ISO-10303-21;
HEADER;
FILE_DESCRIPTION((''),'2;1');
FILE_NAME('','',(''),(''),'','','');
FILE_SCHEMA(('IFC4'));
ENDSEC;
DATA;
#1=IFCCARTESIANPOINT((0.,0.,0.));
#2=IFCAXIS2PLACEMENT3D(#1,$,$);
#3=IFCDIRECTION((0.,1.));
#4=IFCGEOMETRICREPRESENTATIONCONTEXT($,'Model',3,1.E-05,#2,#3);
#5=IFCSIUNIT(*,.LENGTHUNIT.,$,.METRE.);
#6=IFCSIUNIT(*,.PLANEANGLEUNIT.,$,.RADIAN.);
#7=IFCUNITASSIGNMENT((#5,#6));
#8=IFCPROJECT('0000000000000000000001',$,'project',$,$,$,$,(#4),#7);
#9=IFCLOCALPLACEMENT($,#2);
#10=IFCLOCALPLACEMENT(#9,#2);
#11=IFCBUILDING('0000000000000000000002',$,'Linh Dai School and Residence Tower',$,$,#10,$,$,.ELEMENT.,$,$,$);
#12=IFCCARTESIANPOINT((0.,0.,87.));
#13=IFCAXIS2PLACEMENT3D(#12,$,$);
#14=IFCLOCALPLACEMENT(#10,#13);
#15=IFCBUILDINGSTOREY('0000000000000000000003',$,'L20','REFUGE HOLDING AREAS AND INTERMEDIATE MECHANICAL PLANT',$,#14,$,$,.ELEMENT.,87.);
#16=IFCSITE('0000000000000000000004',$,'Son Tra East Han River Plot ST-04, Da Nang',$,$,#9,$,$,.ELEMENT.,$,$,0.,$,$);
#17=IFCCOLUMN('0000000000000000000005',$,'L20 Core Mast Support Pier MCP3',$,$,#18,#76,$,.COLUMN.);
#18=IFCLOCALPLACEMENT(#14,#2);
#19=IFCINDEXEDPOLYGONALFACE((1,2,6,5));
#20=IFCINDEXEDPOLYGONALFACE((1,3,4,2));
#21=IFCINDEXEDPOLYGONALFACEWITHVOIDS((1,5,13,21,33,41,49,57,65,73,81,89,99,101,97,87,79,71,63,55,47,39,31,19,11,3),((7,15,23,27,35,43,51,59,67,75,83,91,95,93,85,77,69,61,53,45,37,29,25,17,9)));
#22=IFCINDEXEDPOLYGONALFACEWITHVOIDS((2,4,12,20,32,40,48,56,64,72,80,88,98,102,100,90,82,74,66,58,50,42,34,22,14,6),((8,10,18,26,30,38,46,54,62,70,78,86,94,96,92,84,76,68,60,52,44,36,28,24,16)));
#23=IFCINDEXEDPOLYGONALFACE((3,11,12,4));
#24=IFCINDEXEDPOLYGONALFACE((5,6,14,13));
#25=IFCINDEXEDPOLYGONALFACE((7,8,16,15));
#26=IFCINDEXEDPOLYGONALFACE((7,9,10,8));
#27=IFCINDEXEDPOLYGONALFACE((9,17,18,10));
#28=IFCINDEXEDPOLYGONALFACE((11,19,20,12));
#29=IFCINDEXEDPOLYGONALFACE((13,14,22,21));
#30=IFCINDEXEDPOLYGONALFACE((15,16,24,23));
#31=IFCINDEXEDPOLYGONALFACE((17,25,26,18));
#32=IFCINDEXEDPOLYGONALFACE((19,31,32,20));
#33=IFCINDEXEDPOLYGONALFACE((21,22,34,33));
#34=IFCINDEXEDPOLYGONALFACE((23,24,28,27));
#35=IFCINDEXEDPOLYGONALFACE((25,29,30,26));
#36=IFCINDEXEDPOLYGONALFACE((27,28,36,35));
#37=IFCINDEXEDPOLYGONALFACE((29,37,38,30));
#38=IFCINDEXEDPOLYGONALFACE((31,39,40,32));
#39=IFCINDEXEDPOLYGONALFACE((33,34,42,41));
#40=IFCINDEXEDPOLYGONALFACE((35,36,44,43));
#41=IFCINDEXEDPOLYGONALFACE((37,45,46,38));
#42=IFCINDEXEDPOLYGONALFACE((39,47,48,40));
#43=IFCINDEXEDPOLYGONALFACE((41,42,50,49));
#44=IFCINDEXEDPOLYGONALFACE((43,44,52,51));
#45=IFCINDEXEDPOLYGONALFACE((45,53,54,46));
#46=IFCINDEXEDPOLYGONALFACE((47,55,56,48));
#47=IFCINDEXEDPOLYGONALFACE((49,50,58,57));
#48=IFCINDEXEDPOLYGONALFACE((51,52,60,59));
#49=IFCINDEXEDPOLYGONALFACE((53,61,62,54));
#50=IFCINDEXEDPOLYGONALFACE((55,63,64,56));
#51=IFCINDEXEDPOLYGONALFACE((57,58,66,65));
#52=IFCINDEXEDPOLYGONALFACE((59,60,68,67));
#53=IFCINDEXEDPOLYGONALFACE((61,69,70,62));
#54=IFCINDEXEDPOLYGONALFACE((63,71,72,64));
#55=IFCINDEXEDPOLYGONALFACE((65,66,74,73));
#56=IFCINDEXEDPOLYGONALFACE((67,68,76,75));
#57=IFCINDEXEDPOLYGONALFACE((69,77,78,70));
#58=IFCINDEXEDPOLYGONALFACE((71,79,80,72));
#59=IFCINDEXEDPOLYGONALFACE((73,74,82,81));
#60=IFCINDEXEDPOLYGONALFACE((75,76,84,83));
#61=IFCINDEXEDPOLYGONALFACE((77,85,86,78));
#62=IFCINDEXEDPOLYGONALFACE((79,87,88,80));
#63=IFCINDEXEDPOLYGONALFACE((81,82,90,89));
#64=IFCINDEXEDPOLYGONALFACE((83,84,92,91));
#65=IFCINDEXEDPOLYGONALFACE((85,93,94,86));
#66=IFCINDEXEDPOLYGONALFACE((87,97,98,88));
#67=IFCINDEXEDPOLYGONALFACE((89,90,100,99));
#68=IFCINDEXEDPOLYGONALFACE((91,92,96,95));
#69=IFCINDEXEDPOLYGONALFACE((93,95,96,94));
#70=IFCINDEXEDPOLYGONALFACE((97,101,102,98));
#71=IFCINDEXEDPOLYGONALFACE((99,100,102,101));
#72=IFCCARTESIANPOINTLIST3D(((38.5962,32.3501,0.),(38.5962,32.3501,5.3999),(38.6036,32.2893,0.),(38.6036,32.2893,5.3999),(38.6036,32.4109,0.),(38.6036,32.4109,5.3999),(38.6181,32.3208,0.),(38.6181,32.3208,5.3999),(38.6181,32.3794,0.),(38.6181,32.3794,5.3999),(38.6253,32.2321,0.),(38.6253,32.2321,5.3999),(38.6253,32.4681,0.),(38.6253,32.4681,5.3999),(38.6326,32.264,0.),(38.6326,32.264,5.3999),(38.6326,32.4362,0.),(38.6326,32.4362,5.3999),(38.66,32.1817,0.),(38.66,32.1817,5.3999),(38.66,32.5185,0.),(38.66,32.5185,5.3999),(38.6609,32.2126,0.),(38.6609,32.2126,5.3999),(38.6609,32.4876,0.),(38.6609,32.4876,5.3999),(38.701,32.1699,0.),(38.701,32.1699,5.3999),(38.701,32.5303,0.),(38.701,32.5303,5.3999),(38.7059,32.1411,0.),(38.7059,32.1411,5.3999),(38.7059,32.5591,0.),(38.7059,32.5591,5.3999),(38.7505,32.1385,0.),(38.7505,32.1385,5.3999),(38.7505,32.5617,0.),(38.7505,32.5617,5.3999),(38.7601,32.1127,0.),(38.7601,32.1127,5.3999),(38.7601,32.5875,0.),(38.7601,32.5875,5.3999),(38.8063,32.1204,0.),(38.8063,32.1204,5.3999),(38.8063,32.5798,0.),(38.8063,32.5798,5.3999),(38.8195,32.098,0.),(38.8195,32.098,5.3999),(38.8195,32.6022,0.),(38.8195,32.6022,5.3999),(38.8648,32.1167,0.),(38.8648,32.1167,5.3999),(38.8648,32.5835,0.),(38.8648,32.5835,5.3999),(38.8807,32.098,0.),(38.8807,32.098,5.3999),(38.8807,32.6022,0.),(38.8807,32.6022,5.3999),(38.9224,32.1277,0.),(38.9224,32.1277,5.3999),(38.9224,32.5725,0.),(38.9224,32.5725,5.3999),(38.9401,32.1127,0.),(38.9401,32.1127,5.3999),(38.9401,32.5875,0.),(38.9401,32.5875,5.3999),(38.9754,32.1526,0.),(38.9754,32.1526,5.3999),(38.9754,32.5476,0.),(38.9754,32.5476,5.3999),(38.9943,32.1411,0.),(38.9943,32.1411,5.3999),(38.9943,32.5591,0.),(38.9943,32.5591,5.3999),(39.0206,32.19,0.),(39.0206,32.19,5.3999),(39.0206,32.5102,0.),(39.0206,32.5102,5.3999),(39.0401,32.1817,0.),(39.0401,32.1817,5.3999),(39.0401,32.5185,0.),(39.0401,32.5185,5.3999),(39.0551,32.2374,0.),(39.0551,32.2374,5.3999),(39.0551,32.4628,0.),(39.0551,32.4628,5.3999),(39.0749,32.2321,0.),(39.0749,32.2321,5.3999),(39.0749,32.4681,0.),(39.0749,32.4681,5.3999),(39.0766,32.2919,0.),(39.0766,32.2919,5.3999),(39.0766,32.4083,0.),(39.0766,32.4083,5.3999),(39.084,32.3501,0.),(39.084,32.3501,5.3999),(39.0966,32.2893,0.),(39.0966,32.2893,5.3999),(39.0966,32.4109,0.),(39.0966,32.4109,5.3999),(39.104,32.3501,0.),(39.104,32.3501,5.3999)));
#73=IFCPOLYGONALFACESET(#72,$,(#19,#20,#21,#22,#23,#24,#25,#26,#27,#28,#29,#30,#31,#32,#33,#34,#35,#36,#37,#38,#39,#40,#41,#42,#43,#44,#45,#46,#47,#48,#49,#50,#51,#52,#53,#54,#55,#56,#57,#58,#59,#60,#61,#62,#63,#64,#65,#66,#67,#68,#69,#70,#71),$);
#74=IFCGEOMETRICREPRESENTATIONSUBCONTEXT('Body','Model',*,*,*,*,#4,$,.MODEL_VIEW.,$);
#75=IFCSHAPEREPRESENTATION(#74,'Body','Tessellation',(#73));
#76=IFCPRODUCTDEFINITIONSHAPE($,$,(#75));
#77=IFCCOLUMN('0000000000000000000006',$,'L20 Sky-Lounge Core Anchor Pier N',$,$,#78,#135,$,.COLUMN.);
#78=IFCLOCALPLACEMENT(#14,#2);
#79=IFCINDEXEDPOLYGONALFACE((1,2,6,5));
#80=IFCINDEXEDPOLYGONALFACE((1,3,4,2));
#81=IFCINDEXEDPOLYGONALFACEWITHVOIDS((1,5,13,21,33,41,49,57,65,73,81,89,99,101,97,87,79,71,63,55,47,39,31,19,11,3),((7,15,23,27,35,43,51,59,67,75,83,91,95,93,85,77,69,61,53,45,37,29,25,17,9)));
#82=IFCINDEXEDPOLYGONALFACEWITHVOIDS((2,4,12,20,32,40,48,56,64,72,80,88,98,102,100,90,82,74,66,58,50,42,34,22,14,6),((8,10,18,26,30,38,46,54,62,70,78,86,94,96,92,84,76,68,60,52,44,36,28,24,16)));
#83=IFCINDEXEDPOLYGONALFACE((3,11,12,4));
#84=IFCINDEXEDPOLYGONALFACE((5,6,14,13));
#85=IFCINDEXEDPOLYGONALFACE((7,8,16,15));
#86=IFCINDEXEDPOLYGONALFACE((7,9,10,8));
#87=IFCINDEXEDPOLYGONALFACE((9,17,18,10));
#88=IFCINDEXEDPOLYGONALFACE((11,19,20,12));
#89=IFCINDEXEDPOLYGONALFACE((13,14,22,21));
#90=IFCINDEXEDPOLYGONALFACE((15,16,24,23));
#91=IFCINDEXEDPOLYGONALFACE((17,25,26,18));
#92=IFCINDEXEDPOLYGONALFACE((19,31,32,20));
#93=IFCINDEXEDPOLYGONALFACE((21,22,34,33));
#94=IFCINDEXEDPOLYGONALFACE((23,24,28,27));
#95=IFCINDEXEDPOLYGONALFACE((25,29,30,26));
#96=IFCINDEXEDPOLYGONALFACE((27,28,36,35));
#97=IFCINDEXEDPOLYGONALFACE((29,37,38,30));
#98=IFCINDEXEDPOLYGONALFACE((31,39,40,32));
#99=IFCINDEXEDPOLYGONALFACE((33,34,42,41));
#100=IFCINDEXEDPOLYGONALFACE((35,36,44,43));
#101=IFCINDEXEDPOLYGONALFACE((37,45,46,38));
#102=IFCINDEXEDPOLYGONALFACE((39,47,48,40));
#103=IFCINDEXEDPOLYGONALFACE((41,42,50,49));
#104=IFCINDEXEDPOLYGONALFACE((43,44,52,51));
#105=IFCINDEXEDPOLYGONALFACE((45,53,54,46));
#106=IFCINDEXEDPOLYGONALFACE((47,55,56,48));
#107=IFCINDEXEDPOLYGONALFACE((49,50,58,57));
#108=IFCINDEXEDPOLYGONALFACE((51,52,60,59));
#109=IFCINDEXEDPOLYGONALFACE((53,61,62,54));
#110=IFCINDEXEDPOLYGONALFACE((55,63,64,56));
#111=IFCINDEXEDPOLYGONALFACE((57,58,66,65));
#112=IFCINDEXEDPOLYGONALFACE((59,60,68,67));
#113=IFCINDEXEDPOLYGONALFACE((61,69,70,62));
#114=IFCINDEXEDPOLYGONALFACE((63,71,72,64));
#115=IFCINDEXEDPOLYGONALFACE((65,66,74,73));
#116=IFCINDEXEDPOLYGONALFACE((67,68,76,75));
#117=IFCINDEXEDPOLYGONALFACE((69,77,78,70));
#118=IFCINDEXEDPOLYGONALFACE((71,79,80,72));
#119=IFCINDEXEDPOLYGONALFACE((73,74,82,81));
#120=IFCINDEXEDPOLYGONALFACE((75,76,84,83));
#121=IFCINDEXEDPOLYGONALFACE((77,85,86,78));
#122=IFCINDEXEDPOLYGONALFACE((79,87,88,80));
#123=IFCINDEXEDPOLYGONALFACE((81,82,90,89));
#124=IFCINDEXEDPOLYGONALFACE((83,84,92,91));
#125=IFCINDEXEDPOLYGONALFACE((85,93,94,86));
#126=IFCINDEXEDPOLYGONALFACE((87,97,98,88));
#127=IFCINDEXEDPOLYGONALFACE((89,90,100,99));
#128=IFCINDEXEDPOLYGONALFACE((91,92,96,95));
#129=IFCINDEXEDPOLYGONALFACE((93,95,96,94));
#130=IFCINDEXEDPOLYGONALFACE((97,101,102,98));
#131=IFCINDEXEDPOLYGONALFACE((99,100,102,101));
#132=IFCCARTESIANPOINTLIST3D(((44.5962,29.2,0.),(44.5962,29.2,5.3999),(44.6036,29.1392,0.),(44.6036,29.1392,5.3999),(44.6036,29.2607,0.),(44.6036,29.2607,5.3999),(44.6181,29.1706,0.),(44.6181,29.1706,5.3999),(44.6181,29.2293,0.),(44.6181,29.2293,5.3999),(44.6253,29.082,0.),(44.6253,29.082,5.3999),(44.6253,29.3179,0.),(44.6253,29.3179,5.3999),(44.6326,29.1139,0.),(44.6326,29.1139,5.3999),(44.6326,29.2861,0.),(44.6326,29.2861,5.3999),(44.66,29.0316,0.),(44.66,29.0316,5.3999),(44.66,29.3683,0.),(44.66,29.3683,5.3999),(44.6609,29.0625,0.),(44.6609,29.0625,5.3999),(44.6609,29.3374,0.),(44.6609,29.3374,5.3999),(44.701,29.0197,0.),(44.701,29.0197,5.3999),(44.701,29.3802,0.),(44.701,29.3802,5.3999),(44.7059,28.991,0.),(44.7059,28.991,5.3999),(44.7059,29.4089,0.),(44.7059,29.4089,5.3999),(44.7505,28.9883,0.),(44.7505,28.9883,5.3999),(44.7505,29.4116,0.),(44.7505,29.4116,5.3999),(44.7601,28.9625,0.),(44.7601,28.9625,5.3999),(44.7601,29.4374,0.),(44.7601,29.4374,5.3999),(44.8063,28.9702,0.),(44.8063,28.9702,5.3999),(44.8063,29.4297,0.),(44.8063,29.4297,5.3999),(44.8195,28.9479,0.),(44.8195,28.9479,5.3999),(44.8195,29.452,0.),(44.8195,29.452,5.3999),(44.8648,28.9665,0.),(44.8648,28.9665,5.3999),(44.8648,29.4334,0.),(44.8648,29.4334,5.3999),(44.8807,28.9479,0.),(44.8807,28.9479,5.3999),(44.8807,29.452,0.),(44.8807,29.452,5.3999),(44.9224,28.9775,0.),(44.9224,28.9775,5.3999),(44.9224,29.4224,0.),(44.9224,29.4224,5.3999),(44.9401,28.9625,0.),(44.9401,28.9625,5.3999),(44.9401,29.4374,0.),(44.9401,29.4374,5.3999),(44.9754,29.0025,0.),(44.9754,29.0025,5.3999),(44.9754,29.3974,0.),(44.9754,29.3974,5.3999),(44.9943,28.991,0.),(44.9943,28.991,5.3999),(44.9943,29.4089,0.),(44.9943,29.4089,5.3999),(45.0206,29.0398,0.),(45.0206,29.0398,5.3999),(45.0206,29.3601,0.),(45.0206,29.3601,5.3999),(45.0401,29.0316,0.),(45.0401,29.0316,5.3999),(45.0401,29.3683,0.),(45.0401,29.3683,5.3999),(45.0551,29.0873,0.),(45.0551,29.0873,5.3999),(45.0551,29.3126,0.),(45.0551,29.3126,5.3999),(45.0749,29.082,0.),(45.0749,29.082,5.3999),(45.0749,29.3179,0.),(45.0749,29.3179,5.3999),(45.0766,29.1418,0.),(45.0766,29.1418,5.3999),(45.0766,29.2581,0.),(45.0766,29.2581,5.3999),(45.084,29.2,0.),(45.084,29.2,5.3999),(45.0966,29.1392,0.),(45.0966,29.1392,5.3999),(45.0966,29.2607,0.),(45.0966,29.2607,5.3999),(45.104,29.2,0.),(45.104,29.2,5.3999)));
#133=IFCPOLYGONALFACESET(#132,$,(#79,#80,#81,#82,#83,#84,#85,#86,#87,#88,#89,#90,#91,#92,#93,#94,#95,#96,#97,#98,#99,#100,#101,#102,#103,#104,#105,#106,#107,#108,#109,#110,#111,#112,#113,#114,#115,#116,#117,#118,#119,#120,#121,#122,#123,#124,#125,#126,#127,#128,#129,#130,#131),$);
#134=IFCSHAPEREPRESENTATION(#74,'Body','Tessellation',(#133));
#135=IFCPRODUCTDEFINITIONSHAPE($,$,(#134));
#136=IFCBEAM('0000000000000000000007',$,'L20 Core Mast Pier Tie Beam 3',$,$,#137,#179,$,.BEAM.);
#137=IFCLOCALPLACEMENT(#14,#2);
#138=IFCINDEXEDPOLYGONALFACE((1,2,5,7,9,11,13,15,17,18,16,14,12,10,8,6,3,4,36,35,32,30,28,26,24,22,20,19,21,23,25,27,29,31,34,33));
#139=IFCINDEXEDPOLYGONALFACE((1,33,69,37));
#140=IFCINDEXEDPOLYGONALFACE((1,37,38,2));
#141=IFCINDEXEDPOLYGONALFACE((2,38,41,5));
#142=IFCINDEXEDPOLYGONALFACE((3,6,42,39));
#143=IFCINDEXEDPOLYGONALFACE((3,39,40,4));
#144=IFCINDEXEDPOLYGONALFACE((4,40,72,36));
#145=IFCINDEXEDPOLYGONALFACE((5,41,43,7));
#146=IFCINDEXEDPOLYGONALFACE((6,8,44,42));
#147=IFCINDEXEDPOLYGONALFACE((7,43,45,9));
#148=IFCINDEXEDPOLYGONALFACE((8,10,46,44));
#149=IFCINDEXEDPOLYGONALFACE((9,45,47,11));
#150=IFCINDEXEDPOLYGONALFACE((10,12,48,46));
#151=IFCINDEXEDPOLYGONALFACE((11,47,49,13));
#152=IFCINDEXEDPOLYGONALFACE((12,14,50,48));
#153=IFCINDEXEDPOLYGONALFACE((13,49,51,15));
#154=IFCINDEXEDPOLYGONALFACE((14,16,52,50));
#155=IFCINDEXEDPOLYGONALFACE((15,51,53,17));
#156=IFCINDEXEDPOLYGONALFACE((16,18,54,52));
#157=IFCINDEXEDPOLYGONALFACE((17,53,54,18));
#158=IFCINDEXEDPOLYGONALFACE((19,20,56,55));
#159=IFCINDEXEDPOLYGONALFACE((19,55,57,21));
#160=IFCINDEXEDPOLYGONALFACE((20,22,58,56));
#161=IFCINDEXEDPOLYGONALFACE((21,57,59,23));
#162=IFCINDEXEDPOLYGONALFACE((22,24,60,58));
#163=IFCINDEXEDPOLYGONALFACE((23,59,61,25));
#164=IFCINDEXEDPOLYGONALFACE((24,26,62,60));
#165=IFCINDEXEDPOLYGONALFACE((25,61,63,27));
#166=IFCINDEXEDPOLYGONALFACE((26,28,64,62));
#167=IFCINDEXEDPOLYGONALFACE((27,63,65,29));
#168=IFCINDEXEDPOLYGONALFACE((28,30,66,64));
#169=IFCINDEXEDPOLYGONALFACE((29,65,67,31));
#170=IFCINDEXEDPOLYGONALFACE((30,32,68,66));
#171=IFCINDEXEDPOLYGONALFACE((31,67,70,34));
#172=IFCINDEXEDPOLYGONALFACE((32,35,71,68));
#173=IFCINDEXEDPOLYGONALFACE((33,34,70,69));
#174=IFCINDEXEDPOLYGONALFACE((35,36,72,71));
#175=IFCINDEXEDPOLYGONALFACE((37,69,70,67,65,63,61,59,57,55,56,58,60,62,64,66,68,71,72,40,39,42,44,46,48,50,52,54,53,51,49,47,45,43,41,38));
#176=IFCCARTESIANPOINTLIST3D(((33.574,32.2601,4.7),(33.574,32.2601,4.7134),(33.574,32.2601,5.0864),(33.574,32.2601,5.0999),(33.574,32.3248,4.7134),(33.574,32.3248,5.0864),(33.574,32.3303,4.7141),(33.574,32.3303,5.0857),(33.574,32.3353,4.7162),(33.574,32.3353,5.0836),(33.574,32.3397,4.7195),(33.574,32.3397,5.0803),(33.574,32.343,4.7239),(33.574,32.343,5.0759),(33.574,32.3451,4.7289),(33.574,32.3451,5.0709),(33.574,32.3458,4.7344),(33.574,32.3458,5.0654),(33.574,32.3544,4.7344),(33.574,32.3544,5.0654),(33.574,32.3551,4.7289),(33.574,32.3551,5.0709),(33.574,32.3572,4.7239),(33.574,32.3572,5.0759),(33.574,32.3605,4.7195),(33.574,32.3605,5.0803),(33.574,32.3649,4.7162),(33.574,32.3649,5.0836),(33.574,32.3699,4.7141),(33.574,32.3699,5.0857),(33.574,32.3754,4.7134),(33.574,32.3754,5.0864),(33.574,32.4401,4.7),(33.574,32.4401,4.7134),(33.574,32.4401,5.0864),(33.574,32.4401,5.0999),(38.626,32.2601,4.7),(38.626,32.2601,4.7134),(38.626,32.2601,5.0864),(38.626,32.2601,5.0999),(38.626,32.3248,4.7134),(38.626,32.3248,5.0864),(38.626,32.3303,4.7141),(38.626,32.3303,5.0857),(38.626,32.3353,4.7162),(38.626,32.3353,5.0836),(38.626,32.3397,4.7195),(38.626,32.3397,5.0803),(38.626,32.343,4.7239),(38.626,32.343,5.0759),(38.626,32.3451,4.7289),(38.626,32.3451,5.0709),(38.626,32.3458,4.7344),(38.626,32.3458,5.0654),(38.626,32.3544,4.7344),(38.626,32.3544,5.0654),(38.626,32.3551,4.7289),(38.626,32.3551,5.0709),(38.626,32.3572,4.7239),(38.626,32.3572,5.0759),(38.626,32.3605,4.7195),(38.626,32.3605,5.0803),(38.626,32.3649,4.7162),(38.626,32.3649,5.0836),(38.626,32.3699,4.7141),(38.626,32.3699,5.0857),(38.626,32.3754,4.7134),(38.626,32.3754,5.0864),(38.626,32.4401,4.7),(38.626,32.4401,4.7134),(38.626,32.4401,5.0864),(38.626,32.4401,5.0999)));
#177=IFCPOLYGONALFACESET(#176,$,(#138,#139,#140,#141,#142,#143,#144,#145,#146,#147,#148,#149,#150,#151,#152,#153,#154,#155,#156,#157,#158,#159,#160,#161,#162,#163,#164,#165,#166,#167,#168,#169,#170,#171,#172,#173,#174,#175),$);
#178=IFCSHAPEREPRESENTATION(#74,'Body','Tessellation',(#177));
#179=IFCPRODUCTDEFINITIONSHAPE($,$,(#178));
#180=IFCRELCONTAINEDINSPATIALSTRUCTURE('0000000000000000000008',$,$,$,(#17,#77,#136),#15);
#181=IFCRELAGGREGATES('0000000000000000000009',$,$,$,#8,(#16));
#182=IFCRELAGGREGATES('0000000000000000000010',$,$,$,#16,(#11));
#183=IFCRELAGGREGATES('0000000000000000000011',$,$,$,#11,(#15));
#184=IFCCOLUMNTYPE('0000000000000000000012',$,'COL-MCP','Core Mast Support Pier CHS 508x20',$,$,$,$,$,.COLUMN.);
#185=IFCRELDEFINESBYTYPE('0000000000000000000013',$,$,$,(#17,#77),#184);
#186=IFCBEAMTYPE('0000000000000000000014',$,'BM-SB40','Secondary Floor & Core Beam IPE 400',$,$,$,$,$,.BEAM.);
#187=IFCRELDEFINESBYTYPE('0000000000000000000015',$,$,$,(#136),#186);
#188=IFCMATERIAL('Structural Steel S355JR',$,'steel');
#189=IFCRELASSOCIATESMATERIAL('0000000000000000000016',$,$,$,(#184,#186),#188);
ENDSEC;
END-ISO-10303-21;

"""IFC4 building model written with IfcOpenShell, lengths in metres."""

from ifc_helpers import new_model, si_unit, direction, frame, origin, origin_2d, place, context, subcontext, project, spatial, hollow_circle, i_section, extrude, material, material_profile, profile_set, type_object, element, save


model = new_model("IFC4")

# Units and contexts
model_context = context("Model", 3, precision=1e-05, world=origin(), true_north=direction((0.0, 1.0)))
body_context = subcontext(model_context, "Body", "Model", "MODEL_VIEW")
ifc_project = project(units=[si_unit("LENGTHUNIT", "METRE"), si_unit("PLANEANGLEUNIT", "RADIAN")], contexts=[model_context])

# Site, building, storey
site_placement = place(None, origin())
site = spatial("IfcSite", under=ifc_project, at=site_placement, Name="Son Tra East Han River Plot ST-04, Da Nang", CompositionType="ELEMENT", RefElevation=0.0)
building_placement = place(site_placement, origin())
building = spatial("IfcBuilding", under=site, at=building_placement, Name="Linh Dai School and Residence Tower", CompositionType="ELEMENT")
storey_placement = place(building_placement, frame((0.0, 0.0, 87.0)))
storey = spatial("IfcBuildingStorey", under=building, at=storey_placement, Name="L20", Description="REFUGE HOLDING AREAS AND INTERMEDIATE MECHANICAL PLANT", CompositionType="ELEMENT", Elevation=87.0)

# Columns
ifc_material_1 = material(Name="Structural Steel S355JR", Category="steel")
ifc_material_profile_1 = material_profile(ifc_material_1, hollow_circle(Radius=0.2539, WallThickness=0.02, at=origin_2d()), Name="CHS 508x20")
ifc_profile_set_1 = profile_set([ifc_material_profile_1], Name="Structural Steel S355JR")
column_type_1 = type_object("IfcColumnType", Name="COL-MCP", Description="Core Mast Support Pier CHS 508x20", PredefinedType="COLUMN", material=ifc_profile_set_1)
for number, where, z_axis, x_axis, name in (
    (1, (38.8501, 32.3501, 0.0), (0.0, 0.0, 1.0), (1.0, 0.0, 0.0), "L20 Core Mast Support Pier MCP3"),
    (2, (44.8501, 29.2, 0.0), (0.0, 0.0, 1.0), (1.0, 0.0, 0.0), "L20 Sky-Lounge Core Anchor Pier N"),
):
    element("IfcColumn", number, at=place(storey_placement, frame(where, z_axis=z_axis, x_axis=x_axis)), inside=storey, type_object=column_type_1, Name=name, PredefinedType="COLUMN", context=body_context, shape_type="SweptSolid", body=[
        extrude(hollow_circle(Radius=0.2539, WallThickness=0.02, at=origin_2d()), origin(), (0.0, 0.0, 1.0), 5.3999),
    ])

# Beam
ifc_material_profile_2 = material_profile(ifc_material_1, i_section(OverallWidth=0.1799, OverallDepth=0.3999, WebThickness=0.0085, FlangeThickness=0.0134, FilletRadius=0.021, at=origin_2d()), Name="IPE 400")
ifc_profile_set_2 = profile_set([ifc_material_profile_2], Name="Structural Steel S355JR")
beam_type_1 = type_object("IfcBeamType", Name="BM-SB40", Description="Secondary Floor & Core Beam IPE 400", PredefinedType="BEAM", material=ifc_profile_set_2)
beam_1_placement = place(storey_placement, frame((38.626, 32.3501, 4.8999), z_axis=(-1.0, 0.0, 0.0), x_axis=(0.0, -1.0, 0.0)))
element("IfcBeam", 3, at=beam_1_placement, inside=storey, type_object=beam_type_1, Name="L20 Core Mast Pier Tie Beam 3", PredefinedType="BEAM", context=body_context, shape_type="SweptSolid", body=[
    extrude(i_section(OverallWidth=0.1799, OverallDepth=0.3999, WebThickness=0.0085, FlangeThickness=0.0134, FilletRadius=0.021, at=origin_2d()), origin(), (0.0, 0.0, 1.0), 5.052),
])

save(model, "model.ifc")
